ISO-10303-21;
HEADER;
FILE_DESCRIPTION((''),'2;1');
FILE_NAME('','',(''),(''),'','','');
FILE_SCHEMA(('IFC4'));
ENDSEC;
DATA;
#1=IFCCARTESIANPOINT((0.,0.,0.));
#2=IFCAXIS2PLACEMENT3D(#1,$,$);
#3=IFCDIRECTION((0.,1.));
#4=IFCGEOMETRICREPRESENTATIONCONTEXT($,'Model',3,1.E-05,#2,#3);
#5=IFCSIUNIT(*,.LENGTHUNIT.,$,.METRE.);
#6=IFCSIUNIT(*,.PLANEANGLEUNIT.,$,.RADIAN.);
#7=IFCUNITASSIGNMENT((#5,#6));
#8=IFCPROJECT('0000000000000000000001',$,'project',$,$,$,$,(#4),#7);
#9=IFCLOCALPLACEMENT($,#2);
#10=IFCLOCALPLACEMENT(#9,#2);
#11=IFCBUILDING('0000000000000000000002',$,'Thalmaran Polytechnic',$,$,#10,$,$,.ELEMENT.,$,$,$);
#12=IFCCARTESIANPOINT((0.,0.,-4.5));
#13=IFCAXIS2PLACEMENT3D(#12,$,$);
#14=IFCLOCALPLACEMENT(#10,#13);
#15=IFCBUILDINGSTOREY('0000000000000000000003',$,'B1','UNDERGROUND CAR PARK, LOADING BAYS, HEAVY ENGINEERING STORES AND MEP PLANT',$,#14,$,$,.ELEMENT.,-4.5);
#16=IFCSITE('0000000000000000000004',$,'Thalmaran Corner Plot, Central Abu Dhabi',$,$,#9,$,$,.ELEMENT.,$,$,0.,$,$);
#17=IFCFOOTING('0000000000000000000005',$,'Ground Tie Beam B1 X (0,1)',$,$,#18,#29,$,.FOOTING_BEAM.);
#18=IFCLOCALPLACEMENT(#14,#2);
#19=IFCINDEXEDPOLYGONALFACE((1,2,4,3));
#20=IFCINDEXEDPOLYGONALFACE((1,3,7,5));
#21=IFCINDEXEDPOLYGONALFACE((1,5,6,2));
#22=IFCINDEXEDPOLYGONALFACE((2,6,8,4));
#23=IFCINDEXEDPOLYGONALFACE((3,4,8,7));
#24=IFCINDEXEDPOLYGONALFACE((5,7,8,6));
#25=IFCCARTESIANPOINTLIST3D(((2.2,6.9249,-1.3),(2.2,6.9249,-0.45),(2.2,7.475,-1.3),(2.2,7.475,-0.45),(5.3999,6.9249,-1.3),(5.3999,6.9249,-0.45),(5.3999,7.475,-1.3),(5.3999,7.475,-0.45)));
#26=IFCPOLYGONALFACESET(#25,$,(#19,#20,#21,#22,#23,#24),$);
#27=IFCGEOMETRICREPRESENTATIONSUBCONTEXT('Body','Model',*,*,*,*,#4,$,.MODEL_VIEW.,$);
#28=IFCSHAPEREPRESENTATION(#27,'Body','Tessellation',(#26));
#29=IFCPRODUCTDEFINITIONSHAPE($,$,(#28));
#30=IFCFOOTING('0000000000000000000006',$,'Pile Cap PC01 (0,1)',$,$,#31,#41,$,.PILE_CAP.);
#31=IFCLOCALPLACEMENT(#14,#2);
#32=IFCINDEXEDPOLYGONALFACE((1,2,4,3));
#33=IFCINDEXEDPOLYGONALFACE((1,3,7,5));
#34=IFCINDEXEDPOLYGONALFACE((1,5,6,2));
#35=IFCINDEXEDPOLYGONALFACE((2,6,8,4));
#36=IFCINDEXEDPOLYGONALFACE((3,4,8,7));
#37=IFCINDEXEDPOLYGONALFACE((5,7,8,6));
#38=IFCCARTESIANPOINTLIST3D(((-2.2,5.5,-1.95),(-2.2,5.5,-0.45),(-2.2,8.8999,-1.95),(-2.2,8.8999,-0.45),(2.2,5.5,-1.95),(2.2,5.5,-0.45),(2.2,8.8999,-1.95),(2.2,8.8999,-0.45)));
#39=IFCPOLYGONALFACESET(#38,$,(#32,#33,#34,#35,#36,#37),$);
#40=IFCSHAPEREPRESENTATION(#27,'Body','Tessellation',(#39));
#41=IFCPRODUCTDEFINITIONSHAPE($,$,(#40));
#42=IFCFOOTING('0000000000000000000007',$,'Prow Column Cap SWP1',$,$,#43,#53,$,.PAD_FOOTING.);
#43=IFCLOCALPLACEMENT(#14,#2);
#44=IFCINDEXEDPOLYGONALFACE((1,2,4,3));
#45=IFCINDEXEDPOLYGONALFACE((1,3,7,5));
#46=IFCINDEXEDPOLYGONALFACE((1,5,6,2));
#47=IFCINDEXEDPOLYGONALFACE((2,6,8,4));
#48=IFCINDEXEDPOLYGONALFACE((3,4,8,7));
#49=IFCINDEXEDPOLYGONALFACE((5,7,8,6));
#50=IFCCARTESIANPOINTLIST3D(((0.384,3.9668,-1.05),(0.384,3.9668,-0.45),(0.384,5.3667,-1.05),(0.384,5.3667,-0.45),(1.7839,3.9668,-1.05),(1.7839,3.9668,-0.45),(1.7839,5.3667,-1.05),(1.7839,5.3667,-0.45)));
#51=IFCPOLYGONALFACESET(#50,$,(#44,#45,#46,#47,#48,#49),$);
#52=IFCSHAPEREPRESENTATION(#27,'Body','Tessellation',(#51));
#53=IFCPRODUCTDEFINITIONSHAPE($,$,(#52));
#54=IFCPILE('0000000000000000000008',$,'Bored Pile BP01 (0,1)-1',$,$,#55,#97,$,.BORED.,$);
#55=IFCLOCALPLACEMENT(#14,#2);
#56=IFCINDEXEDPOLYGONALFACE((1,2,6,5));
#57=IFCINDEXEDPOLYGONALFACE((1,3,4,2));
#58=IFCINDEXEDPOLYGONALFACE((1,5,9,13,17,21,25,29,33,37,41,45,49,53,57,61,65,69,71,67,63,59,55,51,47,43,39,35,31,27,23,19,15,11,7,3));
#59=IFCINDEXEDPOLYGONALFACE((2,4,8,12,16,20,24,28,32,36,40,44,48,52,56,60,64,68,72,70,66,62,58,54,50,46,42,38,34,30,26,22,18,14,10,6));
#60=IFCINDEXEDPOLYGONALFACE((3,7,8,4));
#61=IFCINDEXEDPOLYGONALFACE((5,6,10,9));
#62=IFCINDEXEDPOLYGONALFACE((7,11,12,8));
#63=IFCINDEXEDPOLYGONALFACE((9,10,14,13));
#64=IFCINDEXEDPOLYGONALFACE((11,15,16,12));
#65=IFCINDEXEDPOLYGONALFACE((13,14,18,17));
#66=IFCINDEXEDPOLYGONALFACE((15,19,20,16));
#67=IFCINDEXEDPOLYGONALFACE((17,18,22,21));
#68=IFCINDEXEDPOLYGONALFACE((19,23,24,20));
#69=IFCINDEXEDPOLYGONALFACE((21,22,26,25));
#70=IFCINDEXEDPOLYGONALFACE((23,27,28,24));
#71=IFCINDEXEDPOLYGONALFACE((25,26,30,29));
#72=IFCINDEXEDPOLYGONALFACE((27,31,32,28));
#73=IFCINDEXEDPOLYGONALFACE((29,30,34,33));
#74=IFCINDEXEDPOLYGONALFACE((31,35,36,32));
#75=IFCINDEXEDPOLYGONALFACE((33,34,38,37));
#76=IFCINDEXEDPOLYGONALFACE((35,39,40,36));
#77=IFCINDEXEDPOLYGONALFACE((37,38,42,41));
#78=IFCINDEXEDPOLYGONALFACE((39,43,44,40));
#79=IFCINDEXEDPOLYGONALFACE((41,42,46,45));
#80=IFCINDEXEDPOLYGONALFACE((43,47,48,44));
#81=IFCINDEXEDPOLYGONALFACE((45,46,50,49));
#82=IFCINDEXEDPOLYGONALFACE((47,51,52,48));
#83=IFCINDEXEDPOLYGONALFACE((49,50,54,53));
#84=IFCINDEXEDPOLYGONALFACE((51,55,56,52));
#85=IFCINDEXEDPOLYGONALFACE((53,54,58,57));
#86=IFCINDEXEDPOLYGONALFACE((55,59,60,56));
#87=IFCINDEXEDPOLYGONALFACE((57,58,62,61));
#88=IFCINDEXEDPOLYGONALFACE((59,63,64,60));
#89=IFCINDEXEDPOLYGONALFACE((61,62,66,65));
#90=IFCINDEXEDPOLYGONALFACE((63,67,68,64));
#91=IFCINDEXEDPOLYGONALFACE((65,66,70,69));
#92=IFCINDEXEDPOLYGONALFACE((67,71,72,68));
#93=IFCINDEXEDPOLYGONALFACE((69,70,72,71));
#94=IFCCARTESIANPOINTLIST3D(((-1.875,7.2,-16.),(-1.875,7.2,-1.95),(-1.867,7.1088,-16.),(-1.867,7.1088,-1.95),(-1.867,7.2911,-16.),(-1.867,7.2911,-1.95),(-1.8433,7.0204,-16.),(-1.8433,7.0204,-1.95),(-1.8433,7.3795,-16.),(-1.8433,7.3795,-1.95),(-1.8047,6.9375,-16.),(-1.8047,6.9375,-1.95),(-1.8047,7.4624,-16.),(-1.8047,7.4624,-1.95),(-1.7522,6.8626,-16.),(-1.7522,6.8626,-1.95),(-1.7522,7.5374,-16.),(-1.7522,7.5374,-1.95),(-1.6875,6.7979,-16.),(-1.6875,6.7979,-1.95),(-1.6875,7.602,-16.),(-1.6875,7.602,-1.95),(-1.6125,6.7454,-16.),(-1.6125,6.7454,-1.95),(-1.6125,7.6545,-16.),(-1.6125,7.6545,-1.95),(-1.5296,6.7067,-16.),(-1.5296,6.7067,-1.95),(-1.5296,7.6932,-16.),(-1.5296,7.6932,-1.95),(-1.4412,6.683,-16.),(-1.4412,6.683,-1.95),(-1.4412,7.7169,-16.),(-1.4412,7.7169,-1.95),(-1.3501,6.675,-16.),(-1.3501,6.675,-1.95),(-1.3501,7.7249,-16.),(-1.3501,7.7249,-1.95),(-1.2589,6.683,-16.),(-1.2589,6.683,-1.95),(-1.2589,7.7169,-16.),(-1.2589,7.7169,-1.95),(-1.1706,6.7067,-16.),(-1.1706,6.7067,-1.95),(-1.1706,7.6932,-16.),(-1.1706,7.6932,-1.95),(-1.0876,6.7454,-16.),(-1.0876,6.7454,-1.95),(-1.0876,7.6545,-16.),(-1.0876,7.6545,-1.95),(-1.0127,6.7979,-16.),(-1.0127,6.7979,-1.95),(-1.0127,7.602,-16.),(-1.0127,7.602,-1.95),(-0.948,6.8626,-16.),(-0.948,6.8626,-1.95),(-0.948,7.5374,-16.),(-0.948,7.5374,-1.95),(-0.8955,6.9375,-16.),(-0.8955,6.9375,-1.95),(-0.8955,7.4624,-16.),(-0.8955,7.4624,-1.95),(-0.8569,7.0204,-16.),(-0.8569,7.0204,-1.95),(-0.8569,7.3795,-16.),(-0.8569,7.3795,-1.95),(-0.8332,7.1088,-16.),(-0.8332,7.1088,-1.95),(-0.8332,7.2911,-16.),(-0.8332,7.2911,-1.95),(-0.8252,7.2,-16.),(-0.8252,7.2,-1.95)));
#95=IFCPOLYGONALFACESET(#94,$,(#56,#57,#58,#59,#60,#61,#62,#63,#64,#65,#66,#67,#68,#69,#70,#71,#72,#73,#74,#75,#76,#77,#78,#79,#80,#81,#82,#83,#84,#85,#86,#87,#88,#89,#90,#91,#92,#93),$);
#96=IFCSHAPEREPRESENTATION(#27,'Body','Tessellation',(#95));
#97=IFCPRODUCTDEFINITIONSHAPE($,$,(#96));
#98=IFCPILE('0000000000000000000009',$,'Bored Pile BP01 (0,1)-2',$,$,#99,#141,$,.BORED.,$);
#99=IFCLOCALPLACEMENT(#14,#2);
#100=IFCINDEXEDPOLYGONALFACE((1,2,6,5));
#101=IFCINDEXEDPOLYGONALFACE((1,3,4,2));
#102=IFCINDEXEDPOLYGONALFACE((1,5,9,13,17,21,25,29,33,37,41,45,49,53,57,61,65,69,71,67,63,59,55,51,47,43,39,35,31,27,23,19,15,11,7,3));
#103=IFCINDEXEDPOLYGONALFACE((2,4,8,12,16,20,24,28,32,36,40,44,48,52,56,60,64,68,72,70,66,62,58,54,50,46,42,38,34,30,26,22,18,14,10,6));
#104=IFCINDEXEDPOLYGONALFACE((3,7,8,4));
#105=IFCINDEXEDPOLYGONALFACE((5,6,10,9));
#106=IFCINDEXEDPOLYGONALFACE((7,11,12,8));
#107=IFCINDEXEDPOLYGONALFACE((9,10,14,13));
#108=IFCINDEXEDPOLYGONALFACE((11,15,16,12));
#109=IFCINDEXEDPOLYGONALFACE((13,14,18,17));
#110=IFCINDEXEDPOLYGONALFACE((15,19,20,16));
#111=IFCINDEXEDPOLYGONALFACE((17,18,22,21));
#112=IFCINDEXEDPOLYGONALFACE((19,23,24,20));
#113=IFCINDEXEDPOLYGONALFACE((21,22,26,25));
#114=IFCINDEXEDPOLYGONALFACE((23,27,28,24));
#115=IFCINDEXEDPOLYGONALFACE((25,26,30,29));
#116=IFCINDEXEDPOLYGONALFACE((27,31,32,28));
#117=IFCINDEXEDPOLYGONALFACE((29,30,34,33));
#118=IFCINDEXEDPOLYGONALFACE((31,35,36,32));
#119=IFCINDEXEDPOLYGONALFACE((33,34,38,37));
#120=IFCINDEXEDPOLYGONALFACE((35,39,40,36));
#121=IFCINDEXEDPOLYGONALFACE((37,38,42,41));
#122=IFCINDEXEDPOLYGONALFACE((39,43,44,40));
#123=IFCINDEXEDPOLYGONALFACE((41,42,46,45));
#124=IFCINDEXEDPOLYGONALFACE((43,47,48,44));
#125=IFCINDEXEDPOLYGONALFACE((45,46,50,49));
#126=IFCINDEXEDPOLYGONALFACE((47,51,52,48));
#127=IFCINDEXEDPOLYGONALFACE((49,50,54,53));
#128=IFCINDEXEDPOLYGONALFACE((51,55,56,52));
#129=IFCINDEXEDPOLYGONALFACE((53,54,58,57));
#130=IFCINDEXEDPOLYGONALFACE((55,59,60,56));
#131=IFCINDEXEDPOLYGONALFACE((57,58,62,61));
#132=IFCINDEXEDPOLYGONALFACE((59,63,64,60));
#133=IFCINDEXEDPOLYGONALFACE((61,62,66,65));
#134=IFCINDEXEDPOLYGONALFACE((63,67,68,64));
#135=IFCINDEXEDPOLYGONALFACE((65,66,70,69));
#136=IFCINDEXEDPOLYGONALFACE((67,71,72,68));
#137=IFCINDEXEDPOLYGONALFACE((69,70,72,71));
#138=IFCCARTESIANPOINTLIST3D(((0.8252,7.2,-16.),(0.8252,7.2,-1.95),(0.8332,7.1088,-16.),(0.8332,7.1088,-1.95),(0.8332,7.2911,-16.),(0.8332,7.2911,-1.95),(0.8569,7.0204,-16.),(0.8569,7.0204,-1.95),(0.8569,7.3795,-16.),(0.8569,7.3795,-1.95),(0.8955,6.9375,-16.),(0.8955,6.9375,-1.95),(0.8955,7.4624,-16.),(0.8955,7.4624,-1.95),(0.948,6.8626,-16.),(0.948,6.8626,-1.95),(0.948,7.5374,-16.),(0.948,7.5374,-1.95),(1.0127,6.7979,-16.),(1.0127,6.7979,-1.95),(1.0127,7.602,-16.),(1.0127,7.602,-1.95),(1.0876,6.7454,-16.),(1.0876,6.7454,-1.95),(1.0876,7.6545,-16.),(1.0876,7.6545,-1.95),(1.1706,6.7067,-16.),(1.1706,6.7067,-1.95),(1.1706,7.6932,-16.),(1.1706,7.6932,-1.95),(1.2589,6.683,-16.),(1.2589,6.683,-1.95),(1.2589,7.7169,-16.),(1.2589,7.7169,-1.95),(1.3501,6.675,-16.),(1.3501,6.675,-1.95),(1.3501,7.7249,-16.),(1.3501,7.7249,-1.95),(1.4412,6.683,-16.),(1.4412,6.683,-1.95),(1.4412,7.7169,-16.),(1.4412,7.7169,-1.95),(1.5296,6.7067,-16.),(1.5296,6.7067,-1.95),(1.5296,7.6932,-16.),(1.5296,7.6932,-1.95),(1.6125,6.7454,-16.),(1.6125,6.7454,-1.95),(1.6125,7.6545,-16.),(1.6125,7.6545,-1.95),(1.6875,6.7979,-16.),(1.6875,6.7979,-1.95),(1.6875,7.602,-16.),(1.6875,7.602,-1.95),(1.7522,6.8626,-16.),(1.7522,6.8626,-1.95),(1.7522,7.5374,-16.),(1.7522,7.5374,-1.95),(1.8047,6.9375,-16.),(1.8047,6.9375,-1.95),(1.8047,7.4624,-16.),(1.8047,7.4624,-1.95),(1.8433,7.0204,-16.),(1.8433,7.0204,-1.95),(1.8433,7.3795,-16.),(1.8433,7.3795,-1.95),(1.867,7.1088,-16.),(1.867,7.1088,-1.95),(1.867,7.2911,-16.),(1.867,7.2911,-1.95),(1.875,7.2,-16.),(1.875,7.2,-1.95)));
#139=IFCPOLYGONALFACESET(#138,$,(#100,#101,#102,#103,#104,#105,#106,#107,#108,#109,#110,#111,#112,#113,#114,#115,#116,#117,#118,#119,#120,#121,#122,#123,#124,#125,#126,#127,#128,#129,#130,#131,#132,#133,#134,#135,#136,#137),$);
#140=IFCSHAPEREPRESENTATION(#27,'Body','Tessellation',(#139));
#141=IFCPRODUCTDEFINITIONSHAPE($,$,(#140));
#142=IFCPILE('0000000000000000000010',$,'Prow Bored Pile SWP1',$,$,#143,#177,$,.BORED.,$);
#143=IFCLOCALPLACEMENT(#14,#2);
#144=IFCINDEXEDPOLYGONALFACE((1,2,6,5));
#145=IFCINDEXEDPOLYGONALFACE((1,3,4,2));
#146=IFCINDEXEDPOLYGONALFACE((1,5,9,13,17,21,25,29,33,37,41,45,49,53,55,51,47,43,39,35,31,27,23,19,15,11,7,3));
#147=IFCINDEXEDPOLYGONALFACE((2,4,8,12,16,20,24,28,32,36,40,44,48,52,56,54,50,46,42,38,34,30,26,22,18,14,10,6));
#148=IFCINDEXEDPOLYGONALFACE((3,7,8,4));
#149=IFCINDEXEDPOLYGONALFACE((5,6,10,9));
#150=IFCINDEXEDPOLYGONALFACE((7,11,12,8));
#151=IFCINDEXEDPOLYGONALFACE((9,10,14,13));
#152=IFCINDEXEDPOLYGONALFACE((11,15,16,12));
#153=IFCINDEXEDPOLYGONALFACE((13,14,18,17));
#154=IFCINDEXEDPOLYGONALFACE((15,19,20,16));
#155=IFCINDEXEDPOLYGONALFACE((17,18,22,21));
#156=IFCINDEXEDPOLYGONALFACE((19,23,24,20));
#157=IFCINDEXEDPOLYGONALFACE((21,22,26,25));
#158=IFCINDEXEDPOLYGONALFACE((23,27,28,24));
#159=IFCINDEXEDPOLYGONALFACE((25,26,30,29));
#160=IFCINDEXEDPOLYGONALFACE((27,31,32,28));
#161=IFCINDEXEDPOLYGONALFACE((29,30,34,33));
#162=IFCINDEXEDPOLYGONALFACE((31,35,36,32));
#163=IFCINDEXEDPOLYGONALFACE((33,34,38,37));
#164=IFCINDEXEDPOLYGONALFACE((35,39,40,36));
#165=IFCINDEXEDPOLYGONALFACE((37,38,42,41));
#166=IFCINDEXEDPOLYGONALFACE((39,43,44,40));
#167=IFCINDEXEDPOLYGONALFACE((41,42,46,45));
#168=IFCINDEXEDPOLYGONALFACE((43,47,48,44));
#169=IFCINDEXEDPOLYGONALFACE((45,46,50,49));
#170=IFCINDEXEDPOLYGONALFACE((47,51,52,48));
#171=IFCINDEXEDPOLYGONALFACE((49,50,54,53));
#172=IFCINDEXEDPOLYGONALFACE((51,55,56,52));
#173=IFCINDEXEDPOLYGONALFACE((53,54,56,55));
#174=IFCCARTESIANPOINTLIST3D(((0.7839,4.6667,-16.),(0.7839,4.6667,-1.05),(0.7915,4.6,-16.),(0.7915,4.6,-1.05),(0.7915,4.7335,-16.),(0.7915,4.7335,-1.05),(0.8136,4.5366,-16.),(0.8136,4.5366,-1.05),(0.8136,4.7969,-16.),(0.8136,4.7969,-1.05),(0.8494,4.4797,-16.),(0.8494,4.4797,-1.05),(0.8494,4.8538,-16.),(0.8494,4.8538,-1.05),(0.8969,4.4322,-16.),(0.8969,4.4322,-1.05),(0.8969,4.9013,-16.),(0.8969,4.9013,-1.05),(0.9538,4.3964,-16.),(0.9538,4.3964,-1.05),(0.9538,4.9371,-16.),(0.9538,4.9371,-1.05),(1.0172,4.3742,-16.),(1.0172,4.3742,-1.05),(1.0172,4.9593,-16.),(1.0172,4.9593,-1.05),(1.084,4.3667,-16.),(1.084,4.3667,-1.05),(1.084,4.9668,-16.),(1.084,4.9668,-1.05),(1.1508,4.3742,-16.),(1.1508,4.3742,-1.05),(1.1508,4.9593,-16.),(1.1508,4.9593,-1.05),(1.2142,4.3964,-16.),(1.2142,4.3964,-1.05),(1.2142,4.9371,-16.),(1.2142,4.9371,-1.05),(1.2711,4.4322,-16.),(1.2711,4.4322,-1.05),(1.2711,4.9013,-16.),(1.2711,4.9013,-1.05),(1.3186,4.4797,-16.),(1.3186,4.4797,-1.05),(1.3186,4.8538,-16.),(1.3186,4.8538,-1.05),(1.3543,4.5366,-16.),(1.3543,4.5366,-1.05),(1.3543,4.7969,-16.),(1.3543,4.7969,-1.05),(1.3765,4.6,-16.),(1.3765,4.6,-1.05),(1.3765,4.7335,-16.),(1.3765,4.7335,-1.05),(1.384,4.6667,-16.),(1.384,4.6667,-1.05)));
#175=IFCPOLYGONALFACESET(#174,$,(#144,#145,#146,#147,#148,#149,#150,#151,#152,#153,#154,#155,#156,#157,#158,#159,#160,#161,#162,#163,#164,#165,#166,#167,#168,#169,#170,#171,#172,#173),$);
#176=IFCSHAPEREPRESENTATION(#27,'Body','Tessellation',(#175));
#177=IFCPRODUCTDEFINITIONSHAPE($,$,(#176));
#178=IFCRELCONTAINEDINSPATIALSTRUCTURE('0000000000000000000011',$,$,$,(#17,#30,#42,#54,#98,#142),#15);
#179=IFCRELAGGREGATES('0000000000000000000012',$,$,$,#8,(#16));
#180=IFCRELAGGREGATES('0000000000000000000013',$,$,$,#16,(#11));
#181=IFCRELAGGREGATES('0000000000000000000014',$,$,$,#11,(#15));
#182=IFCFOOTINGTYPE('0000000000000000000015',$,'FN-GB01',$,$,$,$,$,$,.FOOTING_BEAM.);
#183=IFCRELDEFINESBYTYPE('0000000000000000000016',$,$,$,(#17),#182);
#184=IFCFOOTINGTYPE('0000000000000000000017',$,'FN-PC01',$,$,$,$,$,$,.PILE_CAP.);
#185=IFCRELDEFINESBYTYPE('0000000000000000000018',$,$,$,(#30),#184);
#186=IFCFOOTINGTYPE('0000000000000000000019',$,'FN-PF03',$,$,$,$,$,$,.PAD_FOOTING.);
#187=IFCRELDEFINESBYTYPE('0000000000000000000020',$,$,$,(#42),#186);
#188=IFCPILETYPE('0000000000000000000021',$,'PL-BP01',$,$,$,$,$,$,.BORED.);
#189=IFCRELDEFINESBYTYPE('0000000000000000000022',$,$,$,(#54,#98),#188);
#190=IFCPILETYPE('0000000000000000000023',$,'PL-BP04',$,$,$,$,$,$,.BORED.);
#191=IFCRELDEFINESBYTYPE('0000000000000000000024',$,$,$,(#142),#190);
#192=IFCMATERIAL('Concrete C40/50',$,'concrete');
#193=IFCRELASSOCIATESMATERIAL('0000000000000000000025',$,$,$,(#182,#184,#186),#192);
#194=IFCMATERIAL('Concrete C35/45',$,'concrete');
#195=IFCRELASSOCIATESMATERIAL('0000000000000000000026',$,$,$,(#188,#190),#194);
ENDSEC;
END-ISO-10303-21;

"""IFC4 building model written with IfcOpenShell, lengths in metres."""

from ifc_helpers import new_model, si_unit, direction, frame, origin, origin_2d, place, context, subcontext, project, spatial, rectangle, circle, extrude, material, material_profile, profile_set, type_object, element, save


model = new_model("IFC4")

# Units and contexts
model_context = context("Model", 3, precision=1e-05, world=origin(), true_north=direction((0.0, 1.0)))
body_context = subcontext(model_context, "Body", "Model", "MODEL_VIEW")
ifc_project = project(units=[si_unit("LENGTHUNIT", "METRE"), si_unit("PLANEANGLEUNIT", "RADIAN")], contexts=[model_context])

# Site, building, storey
site_placement = place(None, origin())
site = spatial("IfcSite", under=ifc_project, at=site_placement, Name="Thalmaran Corner Plot, Central Abu Dhabi", CompositionType="ELEMENT", RefElevation=0.0)
building_placement = place(site_placement, origin())
building = spatial("IfcBuilding", under=site, at=building_placement, Name="Thalmaran Polytechnic", CompositionType="ELEMENT")
storey_placement = place(building_placement, frame((0.0, 0.0, -4.5)))
storey = spatial("IfcBuildingStorey", under=building, at=storey_placement, Name="B1", Description="UNDERGROUND CAR PARK, LOADING BAYS, HEAVY ENGINEERING STORES AND MEP PLANT", CompositionType="ELEMENT", Elevation=-4.5)

# Footings
ifc_material_1 = material(Name="Concrete C40/50", Category="concrete")
ifc_material_profile_1 = material_profile(ifc_material_1, rectangle(XDim=0.55, YDim=0.8501, at=origin_2d()), Name="RC 550x850")
ifc_profile_set_1 = profile_set([ifc_material_profile_1], Name="Concrete C40/50")
footing_type_1 = type_object("IfcFootingType", Name="FN-GB01", PredefinedType="FOOTING_BEAM", material=ifc_profile_set_1)
footing_1_placement = place(storey_placement, frame((2.2, 7.2, -0.875), z_axis=(1.0, 0.0, 0.0), x_axis=(0.0, 1.0, 0.0)))
element("IfcFooting", 1, at=footing_1_placement, inside=storey, type_object=footing_type_1, Name="Ground Tie Beam B1 X (0,1)", PredefinedType="FOOTING_BEAM", context=body_context, shape_type="SweptSolid", body=[
    extrude(rectangle(XDim=0.55, YDim=0.8501, at=origin_2d()), origin(), (0.0, 0.0, 1.0), 3.2),
])
footing_type_2 = type_object("IfcFootingType", Name="FN-PC01", PredefinedType="PILE_CAP", material=ifc_material_1)
footing_2_placement = place(storey_placement, frame((0.0, 7.2, -1.95), z_axis=(0.0, 0.0, 1.0), x_axis=(1.0, 0.0, 0.0)))
element("IfcFooting", 2, at=footing_2_placement, inside=storey, type_object=footing_type_2, Name="Pile Cap PC01 (0,1)", PredefinedType="PILE_CAP", context=body_context, shape_type="SweptSolid", body=[
    extrude(rectangle(XDim=4.3999, YDim=3.3999, at=origin_2d()), origin(), (0.0, 0.0, 1.0), 1.5),
])
footing_type_3 = type_object("IfcFootingType", Name="FN-PF03", PredefinedType="PAD_FOOTING", material=ifc_material_1)
footing_3_placement = place(storey_placement, frame((1.084, 4.6667, -1.05), z_axis=(0.0, 0.0, 1.0), x_axis=(1.0, 0.0, 0.0)))
element("IfcFooting", 3, at=footing_3_placement, inside=storey, type_object=footing_type_3, Name="Prow Column Cap SWP1", PredefinedType="PAD_FOOTING", context=body_context, shape_type="SweptSolid", body=[
    extrude(rectangle(XDim=1.3999, YDim=1.3999, at=origin_2d()), origin(), (0.0, 0.0, 1.0), 0.6001),
])

# Piles
ifc_material_2 = material(Name="Concrete C35/45", Category="concrete")
ifc_material_profile_2 = material_profile(ifc_material_2, circle(Radius=0.5249, at=origin_2d()), Name="RC 1050 DIA")
ifc_profile_set_2 = profile_set([ifc_material_profile_2], Name="Concrete C35/45")
pile_type_1 = type_object("IfcPileType", Name="PL-BP01", PredefinedType="BORED", material=ifc_profile_set_2)
for number, where, z_axis, x_axis, name in (
    (4, (-1.3501, 7.2, -1.95), (0.0, 0.0, -1.0), (1.0, 0.0, 0.0), "Bored Pile BP01 (0,1)-1"),
    (5, (1.3501, 7.2, -1.95), (0.0, 0.0, -1.0), (1.0, 0.0, 0.0), "Bored Pile BP01 (0,1)-2"),
):
    element("IfcPile", number, at=place(storey_placement, frame(where, z_axis=z_axis, x_axis=x_axis)), inside=storey, type_object=pile_type_1, Name=name, PredefinedType="BORED", context=body_context, shape_type="SweptSolid", body=[
        extrude(circle(Radius=0.5249, at=origin_2d()), origin(), (0.0, 0.0, 1.0), 14.05),
    ])
ifc_material_profile_3 = material_profile(ifc_material_2, circle(Radius=0.3, at=origin_2d()), Name="RC 600 DIA")
ifc_profile_set_3 = profile_set([ifc_material_profile_3], Name="Concrete C35/45")
pile_type_2 = type_object("IfcPileType", Name="PL-BP04", PredefinedType="BORED", material=ifc_profile_set_3)
pile_placement = place(storey_placement, frame((1.084, 4.6667, -1.05), z_axis=(0.0, 0.0, -1.0), x_axis=(1.0, 0.0, 0.0)))
element("IfcPile", 6, at=pile_placement, inside=storey, type_object=pile_type_2, Name="Prow Bored Pile SWP1", PredefinedType="BORED", context=body_context, shape_type="SweptSolid", body=[
    extrude(circle(Radius=0.3, at=origin_2d()), origin(), (0.0, 0.0, 1.0), 14.95),
])

save(model, "model.ifc")
